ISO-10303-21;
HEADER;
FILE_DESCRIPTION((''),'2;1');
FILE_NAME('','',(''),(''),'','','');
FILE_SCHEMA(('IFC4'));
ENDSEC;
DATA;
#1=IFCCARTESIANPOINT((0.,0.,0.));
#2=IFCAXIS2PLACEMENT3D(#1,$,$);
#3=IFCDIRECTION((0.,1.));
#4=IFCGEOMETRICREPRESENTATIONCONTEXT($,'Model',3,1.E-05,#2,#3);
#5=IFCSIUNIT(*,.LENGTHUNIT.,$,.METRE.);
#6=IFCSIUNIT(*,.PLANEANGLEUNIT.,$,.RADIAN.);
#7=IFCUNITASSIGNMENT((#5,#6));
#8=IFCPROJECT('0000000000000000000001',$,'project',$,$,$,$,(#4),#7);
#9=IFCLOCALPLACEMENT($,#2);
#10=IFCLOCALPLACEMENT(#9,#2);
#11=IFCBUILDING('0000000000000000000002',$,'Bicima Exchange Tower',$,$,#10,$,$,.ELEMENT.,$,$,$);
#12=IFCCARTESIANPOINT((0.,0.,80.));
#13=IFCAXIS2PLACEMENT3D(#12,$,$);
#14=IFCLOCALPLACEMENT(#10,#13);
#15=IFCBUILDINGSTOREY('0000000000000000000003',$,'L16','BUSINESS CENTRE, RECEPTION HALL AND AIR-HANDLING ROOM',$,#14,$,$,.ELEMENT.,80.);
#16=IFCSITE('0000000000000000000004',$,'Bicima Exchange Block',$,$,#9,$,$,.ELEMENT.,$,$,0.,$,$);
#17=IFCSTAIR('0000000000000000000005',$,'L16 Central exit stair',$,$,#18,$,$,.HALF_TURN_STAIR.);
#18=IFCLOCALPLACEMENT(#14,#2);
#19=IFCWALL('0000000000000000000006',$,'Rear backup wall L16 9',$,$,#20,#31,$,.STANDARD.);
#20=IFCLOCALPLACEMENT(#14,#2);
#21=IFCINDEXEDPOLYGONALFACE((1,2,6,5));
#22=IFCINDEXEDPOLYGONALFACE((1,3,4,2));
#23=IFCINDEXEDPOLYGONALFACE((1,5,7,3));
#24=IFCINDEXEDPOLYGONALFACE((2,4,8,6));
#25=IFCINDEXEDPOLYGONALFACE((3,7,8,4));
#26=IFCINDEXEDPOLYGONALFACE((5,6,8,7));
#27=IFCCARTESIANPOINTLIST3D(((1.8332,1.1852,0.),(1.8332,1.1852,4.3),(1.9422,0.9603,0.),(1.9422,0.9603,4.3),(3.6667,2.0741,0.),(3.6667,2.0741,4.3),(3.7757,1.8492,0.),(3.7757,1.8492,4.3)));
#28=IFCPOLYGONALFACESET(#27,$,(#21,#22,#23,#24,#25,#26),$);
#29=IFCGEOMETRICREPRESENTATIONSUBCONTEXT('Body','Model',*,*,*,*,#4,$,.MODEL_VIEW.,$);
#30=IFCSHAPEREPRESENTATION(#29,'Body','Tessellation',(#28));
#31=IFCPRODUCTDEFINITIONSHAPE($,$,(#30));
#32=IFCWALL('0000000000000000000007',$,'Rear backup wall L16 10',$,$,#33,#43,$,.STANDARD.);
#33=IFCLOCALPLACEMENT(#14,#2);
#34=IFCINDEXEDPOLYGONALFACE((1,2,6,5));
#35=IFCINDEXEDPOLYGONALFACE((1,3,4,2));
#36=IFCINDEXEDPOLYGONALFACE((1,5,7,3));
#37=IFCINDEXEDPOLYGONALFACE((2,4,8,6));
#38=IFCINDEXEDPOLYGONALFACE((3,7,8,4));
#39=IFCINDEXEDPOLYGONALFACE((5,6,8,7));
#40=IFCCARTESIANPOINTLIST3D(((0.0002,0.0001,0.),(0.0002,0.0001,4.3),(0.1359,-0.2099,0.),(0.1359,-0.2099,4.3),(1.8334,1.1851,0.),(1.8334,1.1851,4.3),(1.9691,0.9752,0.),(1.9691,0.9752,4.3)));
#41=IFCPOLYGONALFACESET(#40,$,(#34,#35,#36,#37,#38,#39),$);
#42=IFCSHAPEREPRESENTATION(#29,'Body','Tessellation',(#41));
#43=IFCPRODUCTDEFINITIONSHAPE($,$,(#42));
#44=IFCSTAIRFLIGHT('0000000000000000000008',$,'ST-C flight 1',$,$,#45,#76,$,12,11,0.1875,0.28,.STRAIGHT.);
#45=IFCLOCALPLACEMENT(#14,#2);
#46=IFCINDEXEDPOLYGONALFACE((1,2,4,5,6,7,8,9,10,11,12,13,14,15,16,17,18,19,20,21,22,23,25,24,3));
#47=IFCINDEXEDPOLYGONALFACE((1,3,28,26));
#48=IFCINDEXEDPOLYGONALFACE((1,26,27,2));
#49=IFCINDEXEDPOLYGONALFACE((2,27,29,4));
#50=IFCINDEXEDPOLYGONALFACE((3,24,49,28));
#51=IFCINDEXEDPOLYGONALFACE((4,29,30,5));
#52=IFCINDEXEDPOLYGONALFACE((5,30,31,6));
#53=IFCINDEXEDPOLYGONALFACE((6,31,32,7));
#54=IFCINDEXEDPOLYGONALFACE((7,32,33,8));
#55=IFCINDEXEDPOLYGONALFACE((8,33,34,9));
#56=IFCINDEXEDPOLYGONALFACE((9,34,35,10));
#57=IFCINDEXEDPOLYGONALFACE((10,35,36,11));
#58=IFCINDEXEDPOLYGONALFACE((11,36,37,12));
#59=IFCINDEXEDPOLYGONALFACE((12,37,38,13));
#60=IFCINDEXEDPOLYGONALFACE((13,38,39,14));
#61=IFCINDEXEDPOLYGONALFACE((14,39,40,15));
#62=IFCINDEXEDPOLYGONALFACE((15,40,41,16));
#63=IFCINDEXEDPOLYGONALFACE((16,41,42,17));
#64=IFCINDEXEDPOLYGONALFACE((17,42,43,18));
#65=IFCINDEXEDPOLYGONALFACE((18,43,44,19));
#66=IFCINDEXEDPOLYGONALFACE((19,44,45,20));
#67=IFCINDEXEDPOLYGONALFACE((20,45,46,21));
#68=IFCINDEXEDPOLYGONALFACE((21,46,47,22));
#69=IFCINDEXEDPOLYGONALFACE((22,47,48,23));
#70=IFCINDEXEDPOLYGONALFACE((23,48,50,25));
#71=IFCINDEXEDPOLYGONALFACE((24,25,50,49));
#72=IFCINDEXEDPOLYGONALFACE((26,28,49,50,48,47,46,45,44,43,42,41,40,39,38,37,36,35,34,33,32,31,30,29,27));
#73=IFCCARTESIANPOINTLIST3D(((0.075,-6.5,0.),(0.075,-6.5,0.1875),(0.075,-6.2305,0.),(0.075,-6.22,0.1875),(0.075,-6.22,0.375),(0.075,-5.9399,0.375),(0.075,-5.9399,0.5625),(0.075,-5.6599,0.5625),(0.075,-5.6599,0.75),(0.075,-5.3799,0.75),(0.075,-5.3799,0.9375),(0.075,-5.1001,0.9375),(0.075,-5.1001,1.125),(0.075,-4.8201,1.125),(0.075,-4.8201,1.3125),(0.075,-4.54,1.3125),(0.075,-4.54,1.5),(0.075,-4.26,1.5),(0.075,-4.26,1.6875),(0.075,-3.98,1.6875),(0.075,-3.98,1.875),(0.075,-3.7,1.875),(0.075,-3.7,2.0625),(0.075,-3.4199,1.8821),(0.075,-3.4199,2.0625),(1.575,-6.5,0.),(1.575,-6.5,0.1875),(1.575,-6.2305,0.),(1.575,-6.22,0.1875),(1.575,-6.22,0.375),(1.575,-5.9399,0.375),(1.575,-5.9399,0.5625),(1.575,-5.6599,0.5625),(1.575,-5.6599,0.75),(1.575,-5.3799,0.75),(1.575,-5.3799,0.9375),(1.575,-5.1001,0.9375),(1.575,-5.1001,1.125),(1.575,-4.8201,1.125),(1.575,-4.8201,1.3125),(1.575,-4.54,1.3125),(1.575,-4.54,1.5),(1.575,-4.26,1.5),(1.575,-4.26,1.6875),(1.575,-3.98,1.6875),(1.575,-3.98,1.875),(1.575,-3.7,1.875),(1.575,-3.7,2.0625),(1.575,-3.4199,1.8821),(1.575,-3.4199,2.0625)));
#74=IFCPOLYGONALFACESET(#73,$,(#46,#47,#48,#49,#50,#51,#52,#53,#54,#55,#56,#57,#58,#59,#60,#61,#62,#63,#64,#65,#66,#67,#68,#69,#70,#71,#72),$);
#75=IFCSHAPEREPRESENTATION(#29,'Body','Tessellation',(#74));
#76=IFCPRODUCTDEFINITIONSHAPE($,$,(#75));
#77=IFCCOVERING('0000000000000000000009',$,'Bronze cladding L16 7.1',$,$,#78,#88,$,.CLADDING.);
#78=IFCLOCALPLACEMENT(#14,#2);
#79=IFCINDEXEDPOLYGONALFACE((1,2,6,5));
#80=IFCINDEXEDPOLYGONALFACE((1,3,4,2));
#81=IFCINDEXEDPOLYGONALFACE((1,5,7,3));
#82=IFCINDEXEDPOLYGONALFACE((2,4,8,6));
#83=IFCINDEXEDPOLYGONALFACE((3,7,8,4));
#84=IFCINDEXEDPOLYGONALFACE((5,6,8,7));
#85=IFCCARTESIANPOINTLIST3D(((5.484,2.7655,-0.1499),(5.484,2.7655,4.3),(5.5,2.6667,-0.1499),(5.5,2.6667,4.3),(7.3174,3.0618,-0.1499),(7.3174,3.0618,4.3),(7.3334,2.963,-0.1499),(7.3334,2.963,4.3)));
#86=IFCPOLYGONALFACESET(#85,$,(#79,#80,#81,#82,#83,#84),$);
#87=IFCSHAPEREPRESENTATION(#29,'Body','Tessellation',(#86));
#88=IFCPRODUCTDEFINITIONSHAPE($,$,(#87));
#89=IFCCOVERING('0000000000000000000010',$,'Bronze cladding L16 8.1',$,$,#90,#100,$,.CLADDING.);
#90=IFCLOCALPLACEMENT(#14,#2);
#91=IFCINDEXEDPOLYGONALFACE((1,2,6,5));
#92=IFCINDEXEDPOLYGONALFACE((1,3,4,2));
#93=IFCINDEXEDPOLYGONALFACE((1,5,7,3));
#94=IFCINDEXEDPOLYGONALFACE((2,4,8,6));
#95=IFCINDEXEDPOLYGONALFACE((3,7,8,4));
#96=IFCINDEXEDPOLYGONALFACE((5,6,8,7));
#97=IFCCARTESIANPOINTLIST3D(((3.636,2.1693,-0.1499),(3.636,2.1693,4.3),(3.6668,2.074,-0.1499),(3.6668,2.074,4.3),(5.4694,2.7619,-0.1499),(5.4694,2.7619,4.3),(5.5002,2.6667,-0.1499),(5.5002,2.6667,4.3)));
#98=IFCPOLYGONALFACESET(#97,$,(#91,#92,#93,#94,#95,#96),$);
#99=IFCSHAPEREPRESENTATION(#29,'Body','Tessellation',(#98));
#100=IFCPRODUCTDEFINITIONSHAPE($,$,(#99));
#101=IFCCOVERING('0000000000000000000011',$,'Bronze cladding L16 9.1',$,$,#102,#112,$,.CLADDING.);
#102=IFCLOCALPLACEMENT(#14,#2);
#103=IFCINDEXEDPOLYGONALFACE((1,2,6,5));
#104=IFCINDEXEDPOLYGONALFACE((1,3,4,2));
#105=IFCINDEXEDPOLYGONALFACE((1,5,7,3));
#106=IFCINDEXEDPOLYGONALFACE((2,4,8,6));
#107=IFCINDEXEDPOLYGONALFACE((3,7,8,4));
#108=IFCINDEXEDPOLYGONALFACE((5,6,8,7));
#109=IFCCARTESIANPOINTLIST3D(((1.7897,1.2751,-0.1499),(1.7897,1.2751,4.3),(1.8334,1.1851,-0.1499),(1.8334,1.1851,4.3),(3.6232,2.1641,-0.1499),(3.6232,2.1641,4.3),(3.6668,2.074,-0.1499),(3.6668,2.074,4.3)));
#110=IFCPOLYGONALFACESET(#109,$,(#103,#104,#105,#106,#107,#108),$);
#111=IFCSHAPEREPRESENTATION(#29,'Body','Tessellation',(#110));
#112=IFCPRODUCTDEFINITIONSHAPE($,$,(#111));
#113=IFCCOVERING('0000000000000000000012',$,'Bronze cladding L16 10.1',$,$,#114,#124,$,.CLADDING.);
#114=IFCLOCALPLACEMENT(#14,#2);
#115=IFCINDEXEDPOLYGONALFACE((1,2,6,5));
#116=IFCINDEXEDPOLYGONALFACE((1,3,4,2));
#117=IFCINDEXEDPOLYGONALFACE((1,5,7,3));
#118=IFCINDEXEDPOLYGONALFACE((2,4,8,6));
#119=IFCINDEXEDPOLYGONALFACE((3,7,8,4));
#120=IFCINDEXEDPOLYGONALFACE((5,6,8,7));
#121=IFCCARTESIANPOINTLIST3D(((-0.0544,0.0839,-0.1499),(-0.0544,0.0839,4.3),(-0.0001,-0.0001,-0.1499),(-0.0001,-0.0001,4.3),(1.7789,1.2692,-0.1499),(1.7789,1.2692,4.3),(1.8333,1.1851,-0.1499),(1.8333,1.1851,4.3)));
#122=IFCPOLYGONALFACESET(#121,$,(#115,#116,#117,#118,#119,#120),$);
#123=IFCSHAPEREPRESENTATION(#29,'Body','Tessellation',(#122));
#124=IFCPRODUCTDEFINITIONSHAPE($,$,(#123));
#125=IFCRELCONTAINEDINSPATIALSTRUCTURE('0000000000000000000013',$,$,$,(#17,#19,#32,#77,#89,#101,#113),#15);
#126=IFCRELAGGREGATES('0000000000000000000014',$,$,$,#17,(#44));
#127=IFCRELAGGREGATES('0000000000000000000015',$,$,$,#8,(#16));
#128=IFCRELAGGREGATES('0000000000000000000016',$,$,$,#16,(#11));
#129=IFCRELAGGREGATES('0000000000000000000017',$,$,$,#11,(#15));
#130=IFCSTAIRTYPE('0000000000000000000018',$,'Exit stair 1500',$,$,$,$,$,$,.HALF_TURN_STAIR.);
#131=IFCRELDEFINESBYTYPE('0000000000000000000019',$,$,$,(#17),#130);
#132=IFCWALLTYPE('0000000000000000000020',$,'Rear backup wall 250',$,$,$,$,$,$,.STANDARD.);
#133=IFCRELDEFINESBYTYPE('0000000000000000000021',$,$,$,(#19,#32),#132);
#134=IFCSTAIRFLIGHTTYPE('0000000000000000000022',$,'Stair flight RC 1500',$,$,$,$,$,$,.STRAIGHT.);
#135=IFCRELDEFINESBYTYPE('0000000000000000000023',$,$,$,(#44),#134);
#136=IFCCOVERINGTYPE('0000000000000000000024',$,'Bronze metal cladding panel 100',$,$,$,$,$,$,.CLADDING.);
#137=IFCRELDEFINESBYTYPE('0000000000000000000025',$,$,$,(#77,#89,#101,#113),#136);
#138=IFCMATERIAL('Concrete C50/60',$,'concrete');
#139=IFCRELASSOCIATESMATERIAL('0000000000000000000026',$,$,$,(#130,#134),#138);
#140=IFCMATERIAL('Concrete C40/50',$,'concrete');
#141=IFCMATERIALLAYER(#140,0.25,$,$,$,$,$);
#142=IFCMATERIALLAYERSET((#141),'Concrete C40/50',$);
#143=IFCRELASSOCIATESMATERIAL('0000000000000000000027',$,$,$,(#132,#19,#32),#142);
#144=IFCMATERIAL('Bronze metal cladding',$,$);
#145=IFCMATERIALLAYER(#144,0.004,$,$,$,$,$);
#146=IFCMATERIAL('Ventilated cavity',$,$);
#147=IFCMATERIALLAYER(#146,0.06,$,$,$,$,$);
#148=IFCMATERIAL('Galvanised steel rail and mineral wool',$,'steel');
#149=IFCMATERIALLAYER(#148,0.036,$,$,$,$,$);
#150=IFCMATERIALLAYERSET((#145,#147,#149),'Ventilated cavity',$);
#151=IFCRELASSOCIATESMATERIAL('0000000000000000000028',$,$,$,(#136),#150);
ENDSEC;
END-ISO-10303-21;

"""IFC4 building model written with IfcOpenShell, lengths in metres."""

from ifc_helpers import new_model, si_unit, direction, frame, frame_2d, origin, origin_2d, place, context, subcontext, project, spatial, polyline, rectangle, outline, extrude, material, layer, layer_set, layer_usage, type_object, element, aggregate, save


model = new_model("IFC4")

# Units and contexts
model_context = context("Model", 3, precision=1e-05, world=origin(), true_north=direction((0.0, 1.0)))
body_context = subcontext(model_context, "Body", "Model", "MODEL_VIEW")
ifc_project = project(units=[si_unit("LENGTHUNIT", "METRE"), si_unit("PLANEANGLEUNIT", "RADIAN")], contexts=[model_context])

# Site, building, storey
site_placement = place(None, origin())
site = spatial("IfcSite", under=ifc_project, at=site_placement, Name="Bicima Exchange Block", CompositionType="ELEMENT", RefElevation=0.0)
building_placement = place(site_placement, origin())
building = spatial("IfcBuilding", under=site, at=building_placement, Name="Bicima Exchange Tower", CompositionType="ELEMENT")
storey_placement = place(building_placement, frame((0.0, 0.0, 80.0)))
storey = spatial("IfcBuildingStorey", under=building, at=storey_placement, Name="L16", Description="BUSINESS CENTRE, RECEPTION HALL AND AIR-HANDLING ROOM", CompositionType="ELEMENT", Elevation=80.0)

# Shared definitions
ifc_material_1 = material(Name="Concrete C40/50", Category="concrete")

# Stair
ifc_material_2 = material(Name="Concrete C50/60", Category="concrete")
stair_type_1 = type_object("IfcStairType", Name="Exit stair 1500", PredefinedType="HALF_TURN_STAIR", material=ifc_material_2)
stair_1_placement = place(storey_placement, origin())
stair_1 = element("IfcStair", 1, at=stair_1_placement, inside=storey, type_object=stair_type_1, Name="L16 Central exit stair", PredefinedType="HALF_TURN_STAIR")

# Walls
ifc_layer_1 = layer(ifc_material_1, 0.25)
ifc_layer_set_1 = layer_set([ifc_layer_1], Name="Concrete C40/50")
ifc_layer_usage = layer_usage(ifc_layer_set_1, "AXIS2", "POSITIVE", -0.125)
wall_type_1 = type_object("IfcWallType", Name="Rear backup wall 250", PredefinedType="STANDARD", material=ifc_layer_set_1)
wall_1_placement = place(storey_placement, frame((3.7212, 1.9617, 0.0), z_axis=(0.0, 0.0, 1.0), x_axis=(-0.899824, -0.436253, 0.0)))
element("IfcWall", 2, at=wall_1_placement, inside=storey, type_object=wall_type_1, material=ifc_layer_usage, Name="Rear backup wall L16 9", PredefinedType="STANDARD", context=body_context, shape_type="SweptSolid", body=[
    extrude(rectangle(XDim=2.0376, YDim=0.25, at=frame_2d((1.0188, 0.0))), origin(), (0.0, 0.0, 1.0), 4.3),
])
wall_2_placement = place(storey_placement, frame((1.9011, 1.0801, 0.0), z_axis=(0.0, 0.0, 1.0), x_axis=(-0.839813, -0.542876, 0.0)))
element("IfcWall", 3, at=wall_2_placement, inside=storey, type_object=wall_type_1, material=ifc_layer_usage, Name="Rear backup wall L16 10", PredefinedType="STANDARD", context=body_context, shape_type="SweptSolid", body=[
    extrude(rectangle(XDim=2.1829, YDim=0.25, at=frame_2d((1.0913, 0.0))), origin(), (0.0, 0.0, 1.0), 4.3),
])

# Stair flight
stair_flight_type = type_object("IfcStairFlightType", Name="Stair flight RC 1500", PredefinedType="STRAIGHT", material=ifc_material_2)
stair_flight_placement = place(storey_placement, frame((0.825, -6.5, 0.0), z_axis=(0.0, 0.0, 1.0), x_axis=(0.0, 1.0, 0.0)))
stair_flight = element("IfcStairFlight", 4, at=stair_flight_placement, type_object=stair_flight_type, Name="ST-C flight 1", NumberOfRisers=12, NumberOfTreads=11, PredefinedType="STRAIGHT", RiserHeight=0.1875, TreadLength=0.28, context=body_context, shape_type="SweptSolid", body=[
    extrude(outline(polyline([(0.0, 0.0), (0.0, 0.1875), (0.28, 0.1875), (0.28, 0.375), (0.5601, 0.375), (0.5601, 0.5625), (0.8401, 0.5625), (0.8401, 0.75), (1.1201, 0.75), (1.1201, 0.9375), (1.3999, 0.9375), (1.3999, 1.125), (1.6799, 1.125), (1.6799, 1.3125), (1.96, 1.3125), (1.96, 1.5), (2.24, 1.5), (2.24, 1.6875), (2.52, 1.6875), (2.52, 1.875), (2.8, 1.875), (2.8, 2.0625), (3.0801, 2.0625), (3.0801, 2.25), (3.0801, 1.8821), (0.2695, 0.0), (0.0, 0.0)])), frame((0.0, 0.75, 0.0), z_axis=(0.0, -1.0, 0.0), x_axis=(1.0, 0.0, 0.0)), (0.0, 0.0, 1.0), 1.5),
])
aggregate(stair_1, [stair_flight])

# Coverings
ifc_material_3 = material(Name="Bronze metal cladding")
ifc_layer_2 = layer(ifc_material_3, 0.004)
ifc_material_4 = material(Name="Ventilated cavity")
ifc_layer_3 = layer(ifc_material_4, 0.06)
ifc_material_5 = material(Name="Galvanised steel rail and mineral wool", Category="steel")
ifc_layer_4 = layer(ifc_material_5, 0.036)
ifc_layer_set_2 = layer_set([ifc_layer_2, ifc_layer_3, ifc_layer_4], Name="Ventilated cavity")
covering_type = type_object("IfcCoveringType", Name="Bronze metal cladding panel 100", PredefinedType="CLADDING", material=ifc_layer_set_2)
covering_1_placement = place(storey_placement, frame((6.4087, 2.8643, -0.1499), z_axis=(0.0, 0.0, 1.0), x_axis=(-0.98719, -0.15955, 0.0)))
element("IfcCovering", 5, at=covering_1_placement, inside=storey, type_object=covering_type, Name="Bronze cladding L16 7.1", PredefinedType="CLADDING", context=body_context, shape_type="SweptSolid", body=[
    extrude(rectangle(XDim=1.8572, YDim=0.1001, at=origin_2d()), origin(), (0.0, 0.0, 1.0), 4.45),
])
covering_2_placement = place(storey_placement, frame((4.5681, 2.418, -0.1499), z_axis=(0.0, 0.0, 1.0), x_axis=(-0.951525, -0.307573, 0.0)))
element("IfcCovering", 6, at=covering_2_placement, inside=storey, type_object=covering_type, Name="Bronze cladding L16 8.1", PredefinedType="CLADDING", context=body_context, shape_type="SweptSolid", body=[
    extrude(rectangle(XDim=1.9268, YDim=0.1001, at=origin_2d()), origin(), (0.0, 0.0, 1.0), 4.45),
])
covering_3_placement = place(storey_placement, frame((2.7283, 1.6746, -0.1499), z_axis=(0.0, 0.0, 1.0), x_axis=(-0.899818, -0.436265, 0.0)))
element("IfcCovering", 7, at=covering_3_placement, inside=storey, type_object=covering_type, Name="Bronze cladding L16 9.1", PredefinedType="CLADDING", context=body_context, shape_type="SweptSolid", body=[
    extrude(rectangle(XDim=2.0376, YDim=0.1001, at=origin_2d()), origin(), (0.0, 0.0, 1.0), 4.45),
])
covering_4_placement = place(storey_placement, frame((0.8894, 0.6345, -0.1499), z_axis=(0.0, 0.0, 1.0), x_axis=(-0.83979, -0.542911, 0.0)))
element("IfcCovering", 8, at=covering_4_placement, inside=storey, type_object=covering_type, Name="Bronze cladding L16 10.1", PredefinedType="CLADDING", context=body_context, shape_type="SweptSolid", body=[
    extrude(rectangle(XDim=2.1831, YDim=0.1001, at=origin_2d()), origin(), (0.0, 0.0, 1.0), 4.45),
])

save(model, "model.ifc")
